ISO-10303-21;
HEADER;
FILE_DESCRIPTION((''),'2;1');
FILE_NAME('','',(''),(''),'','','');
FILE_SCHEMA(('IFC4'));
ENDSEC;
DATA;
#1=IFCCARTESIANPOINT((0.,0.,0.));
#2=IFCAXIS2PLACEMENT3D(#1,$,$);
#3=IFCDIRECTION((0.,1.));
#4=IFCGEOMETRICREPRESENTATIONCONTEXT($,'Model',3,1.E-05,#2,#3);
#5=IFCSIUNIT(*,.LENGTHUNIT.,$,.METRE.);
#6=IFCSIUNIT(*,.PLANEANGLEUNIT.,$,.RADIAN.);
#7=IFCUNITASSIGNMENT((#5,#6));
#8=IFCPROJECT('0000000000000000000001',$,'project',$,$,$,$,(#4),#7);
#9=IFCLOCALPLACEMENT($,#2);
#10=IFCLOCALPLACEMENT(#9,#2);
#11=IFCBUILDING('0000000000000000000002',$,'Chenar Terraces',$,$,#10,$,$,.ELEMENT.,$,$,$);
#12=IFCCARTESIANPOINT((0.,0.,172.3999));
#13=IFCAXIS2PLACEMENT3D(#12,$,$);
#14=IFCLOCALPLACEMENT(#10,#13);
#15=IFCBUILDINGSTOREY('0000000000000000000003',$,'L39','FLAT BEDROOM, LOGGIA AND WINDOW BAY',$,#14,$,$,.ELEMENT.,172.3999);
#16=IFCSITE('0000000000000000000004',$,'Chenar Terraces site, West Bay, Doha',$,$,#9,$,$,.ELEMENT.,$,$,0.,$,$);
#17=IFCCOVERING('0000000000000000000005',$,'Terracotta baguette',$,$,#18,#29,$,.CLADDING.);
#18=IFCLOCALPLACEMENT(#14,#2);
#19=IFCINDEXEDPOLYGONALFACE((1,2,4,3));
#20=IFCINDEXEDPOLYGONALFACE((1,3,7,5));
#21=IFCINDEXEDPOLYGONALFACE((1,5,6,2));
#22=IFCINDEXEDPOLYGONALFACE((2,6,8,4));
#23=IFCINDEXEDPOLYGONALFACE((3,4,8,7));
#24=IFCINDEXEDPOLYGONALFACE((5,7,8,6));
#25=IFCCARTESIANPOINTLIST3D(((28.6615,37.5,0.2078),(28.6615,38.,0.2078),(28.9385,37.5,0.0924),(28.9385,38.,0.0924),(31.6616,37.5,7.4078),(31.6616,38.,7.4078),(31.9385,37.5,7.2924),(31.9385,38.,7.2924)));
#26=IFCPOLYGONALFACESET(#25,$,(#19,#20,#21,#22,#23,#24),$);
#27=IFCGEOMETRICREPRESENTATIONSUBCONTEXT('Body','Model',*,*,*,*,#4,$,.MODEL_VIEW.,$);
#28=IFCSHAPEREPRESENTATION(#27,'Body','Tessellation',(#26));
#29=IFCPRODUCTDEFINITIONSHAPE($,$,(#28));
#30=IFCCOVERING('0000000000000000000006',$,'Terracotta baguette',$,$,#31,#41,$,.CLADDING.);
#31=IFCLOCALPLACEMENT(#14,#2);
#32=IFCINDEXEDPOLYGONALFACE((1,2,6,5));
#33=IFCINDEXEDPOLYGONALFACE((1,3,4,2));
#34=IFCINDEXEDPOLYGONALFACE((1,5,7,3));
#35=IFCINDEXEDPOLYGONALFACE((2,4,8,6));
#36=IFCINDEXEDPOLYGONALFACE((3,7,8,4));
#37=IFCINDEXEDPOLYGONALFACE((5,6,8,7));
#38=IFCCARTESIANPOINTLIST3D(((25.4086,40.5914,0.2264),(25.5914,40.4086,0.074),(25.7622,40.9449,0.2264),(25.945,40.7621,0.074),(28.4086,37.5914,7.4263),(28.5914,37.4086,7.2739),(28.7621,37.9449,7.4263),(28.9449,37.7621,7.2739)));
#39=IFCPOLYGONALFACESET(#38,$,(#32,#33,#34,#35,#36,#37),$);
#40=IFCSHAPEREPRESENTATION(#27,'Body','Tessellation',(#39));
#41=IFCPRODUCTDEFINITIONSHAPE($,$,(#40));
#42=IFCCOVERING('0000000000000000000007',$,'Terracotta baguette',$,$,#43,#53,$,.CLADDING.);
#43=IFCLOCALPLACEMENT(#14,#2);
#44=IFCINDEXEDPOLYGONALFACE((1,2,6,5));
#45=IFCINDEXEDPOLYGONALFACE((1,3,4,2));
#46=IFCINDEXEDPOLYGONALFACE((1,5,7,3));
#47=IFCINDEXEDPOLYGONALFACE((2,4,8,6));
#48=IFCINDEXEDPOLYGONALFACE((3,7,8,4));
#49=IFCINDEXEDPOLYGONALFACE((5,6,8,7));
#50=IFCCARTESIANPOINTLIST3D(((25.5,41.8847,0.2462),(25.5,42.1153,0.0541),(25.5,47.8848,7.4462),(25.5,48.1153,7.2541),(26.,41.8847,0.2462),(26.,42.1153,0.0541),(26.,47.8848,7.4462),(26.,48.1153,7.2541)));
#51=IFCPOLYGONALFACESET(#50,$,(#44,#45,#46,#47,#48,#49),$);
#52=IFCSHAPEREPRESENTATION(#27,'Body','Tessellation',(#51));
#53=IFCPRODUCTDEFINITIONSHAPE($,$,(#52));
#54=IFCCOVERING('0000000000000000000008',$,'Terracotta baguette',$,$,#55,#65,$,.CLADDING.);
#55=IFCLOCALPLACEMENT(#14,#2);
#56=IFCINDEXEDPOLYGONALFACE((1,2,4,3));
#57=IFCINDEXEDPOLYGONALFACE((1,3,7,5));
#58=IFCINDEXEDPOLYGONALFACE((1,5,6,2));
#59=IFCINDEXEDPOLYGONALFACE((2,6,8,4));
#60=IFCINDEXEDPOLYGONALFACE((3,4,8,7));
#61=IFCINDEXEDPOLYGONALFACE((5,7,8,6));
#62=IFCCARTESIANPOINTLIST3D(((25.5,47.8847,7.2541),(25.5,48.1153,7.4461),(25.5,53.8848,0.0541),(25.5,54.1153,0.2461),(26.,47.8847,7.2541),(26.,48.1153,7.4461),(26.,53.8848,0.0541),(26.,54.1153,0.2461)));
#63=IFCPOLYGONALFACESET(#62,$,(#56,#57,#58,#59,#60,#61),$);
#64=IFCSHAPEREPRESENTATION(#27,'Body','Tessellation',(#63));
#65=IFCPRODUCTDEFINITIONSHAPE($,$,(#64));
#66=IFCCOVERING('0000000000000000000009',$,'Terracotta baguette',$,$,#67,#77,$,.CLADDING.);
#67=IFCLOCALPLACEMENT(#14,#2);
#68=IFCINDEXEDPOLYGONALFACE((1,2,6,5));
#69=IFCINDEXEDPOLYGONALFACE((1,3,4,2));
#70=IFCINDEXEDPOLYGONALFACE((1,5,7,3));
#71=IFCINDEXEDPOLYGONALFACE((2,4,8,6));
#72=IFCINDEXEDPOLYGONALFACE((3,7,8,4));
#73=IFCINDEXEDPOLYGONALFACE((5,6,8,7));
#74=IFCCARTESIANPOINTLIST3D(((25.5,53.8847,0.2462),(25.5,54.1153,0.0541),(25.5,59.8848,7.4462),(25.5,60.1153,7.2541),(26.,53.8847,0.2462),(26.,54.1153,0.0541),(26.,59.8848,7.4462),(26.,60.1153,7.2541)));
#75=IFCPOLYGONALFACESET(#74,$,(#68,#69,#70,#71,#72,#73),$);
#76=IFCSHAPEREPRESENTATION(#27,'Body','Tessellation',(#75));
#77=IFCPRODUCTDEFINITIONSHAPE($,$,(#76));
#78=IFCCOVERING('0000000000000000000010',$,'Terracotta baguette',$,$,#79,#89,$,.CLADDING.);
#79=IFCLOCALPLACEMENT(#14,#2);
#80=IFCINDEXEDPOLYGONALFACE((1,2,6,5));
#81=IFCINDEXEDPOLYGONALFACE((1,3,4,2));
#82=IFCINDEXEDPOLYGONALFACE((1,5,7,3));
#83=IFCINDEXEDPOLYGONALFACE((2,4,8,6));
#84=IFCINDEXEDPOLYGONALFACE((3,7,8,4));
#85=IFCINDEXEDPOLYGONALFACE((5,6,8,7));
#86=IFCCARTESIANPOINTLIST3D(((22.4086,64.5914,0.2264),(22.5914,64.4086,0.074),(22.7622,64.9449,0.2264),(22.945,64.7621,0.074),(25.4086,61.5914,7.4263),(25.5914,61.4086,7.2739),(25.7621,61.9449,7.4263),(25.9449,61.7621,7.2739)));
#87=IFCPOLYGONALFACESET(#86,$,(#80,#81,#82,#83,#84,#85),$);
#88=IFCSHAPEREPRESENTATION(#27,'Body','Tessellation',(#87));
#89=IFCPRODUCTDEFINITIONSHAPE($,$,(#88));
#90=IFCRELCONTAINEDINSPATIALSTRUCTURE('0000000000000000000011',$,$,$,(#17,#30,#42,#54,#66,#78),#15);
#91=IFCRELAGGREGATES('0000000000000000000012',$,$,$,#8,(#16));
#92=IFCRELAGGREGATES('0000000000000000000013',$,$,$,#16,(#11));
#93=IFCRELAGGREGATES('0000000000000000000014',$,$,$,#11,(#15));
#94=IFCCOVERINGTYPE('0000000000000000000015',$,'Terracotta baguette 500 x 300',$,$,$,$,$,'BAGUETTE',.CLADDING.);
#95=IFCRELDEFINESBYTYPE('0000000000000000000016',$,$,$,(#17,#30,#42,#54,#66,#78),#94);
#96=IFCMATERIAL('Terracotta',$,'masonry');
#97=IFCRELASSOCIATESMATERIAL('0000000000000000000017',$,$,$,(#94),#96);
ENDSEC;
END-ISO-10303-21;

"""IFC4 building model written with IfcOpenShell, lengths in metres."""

from ifc_helpers import new_model, si_unit, direction, frame, origin, origin_2d, place, context, subcontext, project, spatial, rectangle, extrude, material, material_profile, profile_set, type_object, element, save


model = new_model("IFC4")

# Units and contexts
model_context = context("Model", 3, precision=1e-05, world=origin(), true_north=direction((0.0, 1.0)))
body_context = subcontext(model_context, "Body", "Model", "MODEL_VIEW")
ifc_project = project(units=[si_unit("LENGTHUNIT", "METRE"), si_unit("PLANEANGLEUNIT", "RADIAN")], contexts=[model_context])

# Site, building, storey
site_placement = place(None, origin())
site = spatial("IfcSite", under=ifc_project, at=site_placement, Name="Chenar Terraces site, West Bay, Doha", CompositionType="ELEMENT", RefElevation=0.0)
building_placement = place(site_placement, origin())
building = spatial("IfcBuilding", under=site, at=building_placement, Name="Chenar Terraces", CompositionType="ELEMENT")
storey_placement = place(building_placement, frame((0.0, 0.0, 172.3999)))
storey = spatial("IfcBuildingStorey", under=building, at=storey_placement, Name="L39", Description="FLAT BEDROOM, LOGGIA AND WINDOW BAY", CompositionType="ELEMENT", Elevation=172.3999)

# Coverings
ifc_material_1 = material(Name="Terracotta", Category="masonry")
ifc_material_profile_1 = material_profile(ifc_material_1, rectangle(XDim=0.5, YDim=0.3, at=origin_2d()), Name="Terracotta baguette 500 x 300")
ifc_profile_set_1 = profile_set([ifc_material_profile_1], Name="Terracotta")
covering_type = type_object("IfcCoveringType", Name="Terracotta baguette 500 x 300", ElementType="BAGUETTE", PredefinedType="CLADDING", material=ifc_profile_set_1)
covering_1_placement = place(storey_placement, frame((31.8, 37.75, 7.3501), z_axis=(-0.384618, 0.0, -0.923076), x_axis=(0.0, -1.0, 0.0)))
element("IfcCovering", 1, at=covering_1_placement, inside=storey, type_object=covering_type, Name="Terracotta baguette", PredefinedType="CLADDING", context=body_context, shape_type="SweptSolid", body=[
    extrude(rectangle(XDim=0.5, YDim=0.3, at=origin_2d()), origin(), (0.0, 0.0, 1.0), 7.8),
])
covering_2_placement = place(storey_placement, frame((28.6768, 37.6768, 7.3501), z_axis=(-0.358981, 0.358981, -0.861548), x_axis=(-0.707107, -0.707107, 0.0)))
element("IfcCovering", 2, at=covering_2_placement, inside=storey, type_object=covering_type, Name="Terracotta baguette", PredefinedType="CLADDING", context=body_context, shape_type="SweptSolid", body=[
    extrude(rectangle(XDim=0.5, YDim=0.3, at=origin_2d()), origin(), (0.0, 0.0, 1.0), 8.3569),
])
for number, where, z_axis, x_axis, name in (
    (3, (25.75, 42.0, 0.1501), (0.0, 0.640187, 0.768219), (-1.0, 0.0, 0.0), "Terracotta baguette"),
    (4, (25.75, 48.0, 7.3501), (0.0, 0.640187, -0.768219), (-1.0, 0.0, 0.0), "Terracotta baguette"),
    (5, (25.75, 54.0, 0.1501), (0.0, 0.640187, 0.768219), (-1.0, 0.0, 0.0), "Terracotta baguette"),
):
    element("IfcCovering", number, at=place(storey_placement, frame(where, z_axis=z_axis, x_axis=x_axis)), inside=storey, type_object=covering_type, Name=name, PredefinedType="CLADDING", context=body_context, shape_type="SweptSolid", body=[
        extrude(rectangle(XDim=0.5, YDim=0.3, at=origin_2d()), origin(), (0.0, 0.0, 1.0), 9.3723),
    ])
covering_3_placement = place(storey_placement, frame((25.6768, 61.6768, 7.3501), z_axis=(-0.358981, 0.358981, -0.861548), x_axis=(-0.707107, -0.707107, 0.0)))
element("IfcCovering", 6, at=covering_3_placement, inside=storey, type_object=covering_type, Name="Terracotta baguette", PredefinedType="CLADDING", context=body_context, shape_type="SweptSolid", body=[
    extrude(rectangle(XDim=0.5, YDim=0.3, at=origin_2d()), origin(), (0.0, 0.0, 1.0), 8.3569),
])

save(model, "model.ifc")
